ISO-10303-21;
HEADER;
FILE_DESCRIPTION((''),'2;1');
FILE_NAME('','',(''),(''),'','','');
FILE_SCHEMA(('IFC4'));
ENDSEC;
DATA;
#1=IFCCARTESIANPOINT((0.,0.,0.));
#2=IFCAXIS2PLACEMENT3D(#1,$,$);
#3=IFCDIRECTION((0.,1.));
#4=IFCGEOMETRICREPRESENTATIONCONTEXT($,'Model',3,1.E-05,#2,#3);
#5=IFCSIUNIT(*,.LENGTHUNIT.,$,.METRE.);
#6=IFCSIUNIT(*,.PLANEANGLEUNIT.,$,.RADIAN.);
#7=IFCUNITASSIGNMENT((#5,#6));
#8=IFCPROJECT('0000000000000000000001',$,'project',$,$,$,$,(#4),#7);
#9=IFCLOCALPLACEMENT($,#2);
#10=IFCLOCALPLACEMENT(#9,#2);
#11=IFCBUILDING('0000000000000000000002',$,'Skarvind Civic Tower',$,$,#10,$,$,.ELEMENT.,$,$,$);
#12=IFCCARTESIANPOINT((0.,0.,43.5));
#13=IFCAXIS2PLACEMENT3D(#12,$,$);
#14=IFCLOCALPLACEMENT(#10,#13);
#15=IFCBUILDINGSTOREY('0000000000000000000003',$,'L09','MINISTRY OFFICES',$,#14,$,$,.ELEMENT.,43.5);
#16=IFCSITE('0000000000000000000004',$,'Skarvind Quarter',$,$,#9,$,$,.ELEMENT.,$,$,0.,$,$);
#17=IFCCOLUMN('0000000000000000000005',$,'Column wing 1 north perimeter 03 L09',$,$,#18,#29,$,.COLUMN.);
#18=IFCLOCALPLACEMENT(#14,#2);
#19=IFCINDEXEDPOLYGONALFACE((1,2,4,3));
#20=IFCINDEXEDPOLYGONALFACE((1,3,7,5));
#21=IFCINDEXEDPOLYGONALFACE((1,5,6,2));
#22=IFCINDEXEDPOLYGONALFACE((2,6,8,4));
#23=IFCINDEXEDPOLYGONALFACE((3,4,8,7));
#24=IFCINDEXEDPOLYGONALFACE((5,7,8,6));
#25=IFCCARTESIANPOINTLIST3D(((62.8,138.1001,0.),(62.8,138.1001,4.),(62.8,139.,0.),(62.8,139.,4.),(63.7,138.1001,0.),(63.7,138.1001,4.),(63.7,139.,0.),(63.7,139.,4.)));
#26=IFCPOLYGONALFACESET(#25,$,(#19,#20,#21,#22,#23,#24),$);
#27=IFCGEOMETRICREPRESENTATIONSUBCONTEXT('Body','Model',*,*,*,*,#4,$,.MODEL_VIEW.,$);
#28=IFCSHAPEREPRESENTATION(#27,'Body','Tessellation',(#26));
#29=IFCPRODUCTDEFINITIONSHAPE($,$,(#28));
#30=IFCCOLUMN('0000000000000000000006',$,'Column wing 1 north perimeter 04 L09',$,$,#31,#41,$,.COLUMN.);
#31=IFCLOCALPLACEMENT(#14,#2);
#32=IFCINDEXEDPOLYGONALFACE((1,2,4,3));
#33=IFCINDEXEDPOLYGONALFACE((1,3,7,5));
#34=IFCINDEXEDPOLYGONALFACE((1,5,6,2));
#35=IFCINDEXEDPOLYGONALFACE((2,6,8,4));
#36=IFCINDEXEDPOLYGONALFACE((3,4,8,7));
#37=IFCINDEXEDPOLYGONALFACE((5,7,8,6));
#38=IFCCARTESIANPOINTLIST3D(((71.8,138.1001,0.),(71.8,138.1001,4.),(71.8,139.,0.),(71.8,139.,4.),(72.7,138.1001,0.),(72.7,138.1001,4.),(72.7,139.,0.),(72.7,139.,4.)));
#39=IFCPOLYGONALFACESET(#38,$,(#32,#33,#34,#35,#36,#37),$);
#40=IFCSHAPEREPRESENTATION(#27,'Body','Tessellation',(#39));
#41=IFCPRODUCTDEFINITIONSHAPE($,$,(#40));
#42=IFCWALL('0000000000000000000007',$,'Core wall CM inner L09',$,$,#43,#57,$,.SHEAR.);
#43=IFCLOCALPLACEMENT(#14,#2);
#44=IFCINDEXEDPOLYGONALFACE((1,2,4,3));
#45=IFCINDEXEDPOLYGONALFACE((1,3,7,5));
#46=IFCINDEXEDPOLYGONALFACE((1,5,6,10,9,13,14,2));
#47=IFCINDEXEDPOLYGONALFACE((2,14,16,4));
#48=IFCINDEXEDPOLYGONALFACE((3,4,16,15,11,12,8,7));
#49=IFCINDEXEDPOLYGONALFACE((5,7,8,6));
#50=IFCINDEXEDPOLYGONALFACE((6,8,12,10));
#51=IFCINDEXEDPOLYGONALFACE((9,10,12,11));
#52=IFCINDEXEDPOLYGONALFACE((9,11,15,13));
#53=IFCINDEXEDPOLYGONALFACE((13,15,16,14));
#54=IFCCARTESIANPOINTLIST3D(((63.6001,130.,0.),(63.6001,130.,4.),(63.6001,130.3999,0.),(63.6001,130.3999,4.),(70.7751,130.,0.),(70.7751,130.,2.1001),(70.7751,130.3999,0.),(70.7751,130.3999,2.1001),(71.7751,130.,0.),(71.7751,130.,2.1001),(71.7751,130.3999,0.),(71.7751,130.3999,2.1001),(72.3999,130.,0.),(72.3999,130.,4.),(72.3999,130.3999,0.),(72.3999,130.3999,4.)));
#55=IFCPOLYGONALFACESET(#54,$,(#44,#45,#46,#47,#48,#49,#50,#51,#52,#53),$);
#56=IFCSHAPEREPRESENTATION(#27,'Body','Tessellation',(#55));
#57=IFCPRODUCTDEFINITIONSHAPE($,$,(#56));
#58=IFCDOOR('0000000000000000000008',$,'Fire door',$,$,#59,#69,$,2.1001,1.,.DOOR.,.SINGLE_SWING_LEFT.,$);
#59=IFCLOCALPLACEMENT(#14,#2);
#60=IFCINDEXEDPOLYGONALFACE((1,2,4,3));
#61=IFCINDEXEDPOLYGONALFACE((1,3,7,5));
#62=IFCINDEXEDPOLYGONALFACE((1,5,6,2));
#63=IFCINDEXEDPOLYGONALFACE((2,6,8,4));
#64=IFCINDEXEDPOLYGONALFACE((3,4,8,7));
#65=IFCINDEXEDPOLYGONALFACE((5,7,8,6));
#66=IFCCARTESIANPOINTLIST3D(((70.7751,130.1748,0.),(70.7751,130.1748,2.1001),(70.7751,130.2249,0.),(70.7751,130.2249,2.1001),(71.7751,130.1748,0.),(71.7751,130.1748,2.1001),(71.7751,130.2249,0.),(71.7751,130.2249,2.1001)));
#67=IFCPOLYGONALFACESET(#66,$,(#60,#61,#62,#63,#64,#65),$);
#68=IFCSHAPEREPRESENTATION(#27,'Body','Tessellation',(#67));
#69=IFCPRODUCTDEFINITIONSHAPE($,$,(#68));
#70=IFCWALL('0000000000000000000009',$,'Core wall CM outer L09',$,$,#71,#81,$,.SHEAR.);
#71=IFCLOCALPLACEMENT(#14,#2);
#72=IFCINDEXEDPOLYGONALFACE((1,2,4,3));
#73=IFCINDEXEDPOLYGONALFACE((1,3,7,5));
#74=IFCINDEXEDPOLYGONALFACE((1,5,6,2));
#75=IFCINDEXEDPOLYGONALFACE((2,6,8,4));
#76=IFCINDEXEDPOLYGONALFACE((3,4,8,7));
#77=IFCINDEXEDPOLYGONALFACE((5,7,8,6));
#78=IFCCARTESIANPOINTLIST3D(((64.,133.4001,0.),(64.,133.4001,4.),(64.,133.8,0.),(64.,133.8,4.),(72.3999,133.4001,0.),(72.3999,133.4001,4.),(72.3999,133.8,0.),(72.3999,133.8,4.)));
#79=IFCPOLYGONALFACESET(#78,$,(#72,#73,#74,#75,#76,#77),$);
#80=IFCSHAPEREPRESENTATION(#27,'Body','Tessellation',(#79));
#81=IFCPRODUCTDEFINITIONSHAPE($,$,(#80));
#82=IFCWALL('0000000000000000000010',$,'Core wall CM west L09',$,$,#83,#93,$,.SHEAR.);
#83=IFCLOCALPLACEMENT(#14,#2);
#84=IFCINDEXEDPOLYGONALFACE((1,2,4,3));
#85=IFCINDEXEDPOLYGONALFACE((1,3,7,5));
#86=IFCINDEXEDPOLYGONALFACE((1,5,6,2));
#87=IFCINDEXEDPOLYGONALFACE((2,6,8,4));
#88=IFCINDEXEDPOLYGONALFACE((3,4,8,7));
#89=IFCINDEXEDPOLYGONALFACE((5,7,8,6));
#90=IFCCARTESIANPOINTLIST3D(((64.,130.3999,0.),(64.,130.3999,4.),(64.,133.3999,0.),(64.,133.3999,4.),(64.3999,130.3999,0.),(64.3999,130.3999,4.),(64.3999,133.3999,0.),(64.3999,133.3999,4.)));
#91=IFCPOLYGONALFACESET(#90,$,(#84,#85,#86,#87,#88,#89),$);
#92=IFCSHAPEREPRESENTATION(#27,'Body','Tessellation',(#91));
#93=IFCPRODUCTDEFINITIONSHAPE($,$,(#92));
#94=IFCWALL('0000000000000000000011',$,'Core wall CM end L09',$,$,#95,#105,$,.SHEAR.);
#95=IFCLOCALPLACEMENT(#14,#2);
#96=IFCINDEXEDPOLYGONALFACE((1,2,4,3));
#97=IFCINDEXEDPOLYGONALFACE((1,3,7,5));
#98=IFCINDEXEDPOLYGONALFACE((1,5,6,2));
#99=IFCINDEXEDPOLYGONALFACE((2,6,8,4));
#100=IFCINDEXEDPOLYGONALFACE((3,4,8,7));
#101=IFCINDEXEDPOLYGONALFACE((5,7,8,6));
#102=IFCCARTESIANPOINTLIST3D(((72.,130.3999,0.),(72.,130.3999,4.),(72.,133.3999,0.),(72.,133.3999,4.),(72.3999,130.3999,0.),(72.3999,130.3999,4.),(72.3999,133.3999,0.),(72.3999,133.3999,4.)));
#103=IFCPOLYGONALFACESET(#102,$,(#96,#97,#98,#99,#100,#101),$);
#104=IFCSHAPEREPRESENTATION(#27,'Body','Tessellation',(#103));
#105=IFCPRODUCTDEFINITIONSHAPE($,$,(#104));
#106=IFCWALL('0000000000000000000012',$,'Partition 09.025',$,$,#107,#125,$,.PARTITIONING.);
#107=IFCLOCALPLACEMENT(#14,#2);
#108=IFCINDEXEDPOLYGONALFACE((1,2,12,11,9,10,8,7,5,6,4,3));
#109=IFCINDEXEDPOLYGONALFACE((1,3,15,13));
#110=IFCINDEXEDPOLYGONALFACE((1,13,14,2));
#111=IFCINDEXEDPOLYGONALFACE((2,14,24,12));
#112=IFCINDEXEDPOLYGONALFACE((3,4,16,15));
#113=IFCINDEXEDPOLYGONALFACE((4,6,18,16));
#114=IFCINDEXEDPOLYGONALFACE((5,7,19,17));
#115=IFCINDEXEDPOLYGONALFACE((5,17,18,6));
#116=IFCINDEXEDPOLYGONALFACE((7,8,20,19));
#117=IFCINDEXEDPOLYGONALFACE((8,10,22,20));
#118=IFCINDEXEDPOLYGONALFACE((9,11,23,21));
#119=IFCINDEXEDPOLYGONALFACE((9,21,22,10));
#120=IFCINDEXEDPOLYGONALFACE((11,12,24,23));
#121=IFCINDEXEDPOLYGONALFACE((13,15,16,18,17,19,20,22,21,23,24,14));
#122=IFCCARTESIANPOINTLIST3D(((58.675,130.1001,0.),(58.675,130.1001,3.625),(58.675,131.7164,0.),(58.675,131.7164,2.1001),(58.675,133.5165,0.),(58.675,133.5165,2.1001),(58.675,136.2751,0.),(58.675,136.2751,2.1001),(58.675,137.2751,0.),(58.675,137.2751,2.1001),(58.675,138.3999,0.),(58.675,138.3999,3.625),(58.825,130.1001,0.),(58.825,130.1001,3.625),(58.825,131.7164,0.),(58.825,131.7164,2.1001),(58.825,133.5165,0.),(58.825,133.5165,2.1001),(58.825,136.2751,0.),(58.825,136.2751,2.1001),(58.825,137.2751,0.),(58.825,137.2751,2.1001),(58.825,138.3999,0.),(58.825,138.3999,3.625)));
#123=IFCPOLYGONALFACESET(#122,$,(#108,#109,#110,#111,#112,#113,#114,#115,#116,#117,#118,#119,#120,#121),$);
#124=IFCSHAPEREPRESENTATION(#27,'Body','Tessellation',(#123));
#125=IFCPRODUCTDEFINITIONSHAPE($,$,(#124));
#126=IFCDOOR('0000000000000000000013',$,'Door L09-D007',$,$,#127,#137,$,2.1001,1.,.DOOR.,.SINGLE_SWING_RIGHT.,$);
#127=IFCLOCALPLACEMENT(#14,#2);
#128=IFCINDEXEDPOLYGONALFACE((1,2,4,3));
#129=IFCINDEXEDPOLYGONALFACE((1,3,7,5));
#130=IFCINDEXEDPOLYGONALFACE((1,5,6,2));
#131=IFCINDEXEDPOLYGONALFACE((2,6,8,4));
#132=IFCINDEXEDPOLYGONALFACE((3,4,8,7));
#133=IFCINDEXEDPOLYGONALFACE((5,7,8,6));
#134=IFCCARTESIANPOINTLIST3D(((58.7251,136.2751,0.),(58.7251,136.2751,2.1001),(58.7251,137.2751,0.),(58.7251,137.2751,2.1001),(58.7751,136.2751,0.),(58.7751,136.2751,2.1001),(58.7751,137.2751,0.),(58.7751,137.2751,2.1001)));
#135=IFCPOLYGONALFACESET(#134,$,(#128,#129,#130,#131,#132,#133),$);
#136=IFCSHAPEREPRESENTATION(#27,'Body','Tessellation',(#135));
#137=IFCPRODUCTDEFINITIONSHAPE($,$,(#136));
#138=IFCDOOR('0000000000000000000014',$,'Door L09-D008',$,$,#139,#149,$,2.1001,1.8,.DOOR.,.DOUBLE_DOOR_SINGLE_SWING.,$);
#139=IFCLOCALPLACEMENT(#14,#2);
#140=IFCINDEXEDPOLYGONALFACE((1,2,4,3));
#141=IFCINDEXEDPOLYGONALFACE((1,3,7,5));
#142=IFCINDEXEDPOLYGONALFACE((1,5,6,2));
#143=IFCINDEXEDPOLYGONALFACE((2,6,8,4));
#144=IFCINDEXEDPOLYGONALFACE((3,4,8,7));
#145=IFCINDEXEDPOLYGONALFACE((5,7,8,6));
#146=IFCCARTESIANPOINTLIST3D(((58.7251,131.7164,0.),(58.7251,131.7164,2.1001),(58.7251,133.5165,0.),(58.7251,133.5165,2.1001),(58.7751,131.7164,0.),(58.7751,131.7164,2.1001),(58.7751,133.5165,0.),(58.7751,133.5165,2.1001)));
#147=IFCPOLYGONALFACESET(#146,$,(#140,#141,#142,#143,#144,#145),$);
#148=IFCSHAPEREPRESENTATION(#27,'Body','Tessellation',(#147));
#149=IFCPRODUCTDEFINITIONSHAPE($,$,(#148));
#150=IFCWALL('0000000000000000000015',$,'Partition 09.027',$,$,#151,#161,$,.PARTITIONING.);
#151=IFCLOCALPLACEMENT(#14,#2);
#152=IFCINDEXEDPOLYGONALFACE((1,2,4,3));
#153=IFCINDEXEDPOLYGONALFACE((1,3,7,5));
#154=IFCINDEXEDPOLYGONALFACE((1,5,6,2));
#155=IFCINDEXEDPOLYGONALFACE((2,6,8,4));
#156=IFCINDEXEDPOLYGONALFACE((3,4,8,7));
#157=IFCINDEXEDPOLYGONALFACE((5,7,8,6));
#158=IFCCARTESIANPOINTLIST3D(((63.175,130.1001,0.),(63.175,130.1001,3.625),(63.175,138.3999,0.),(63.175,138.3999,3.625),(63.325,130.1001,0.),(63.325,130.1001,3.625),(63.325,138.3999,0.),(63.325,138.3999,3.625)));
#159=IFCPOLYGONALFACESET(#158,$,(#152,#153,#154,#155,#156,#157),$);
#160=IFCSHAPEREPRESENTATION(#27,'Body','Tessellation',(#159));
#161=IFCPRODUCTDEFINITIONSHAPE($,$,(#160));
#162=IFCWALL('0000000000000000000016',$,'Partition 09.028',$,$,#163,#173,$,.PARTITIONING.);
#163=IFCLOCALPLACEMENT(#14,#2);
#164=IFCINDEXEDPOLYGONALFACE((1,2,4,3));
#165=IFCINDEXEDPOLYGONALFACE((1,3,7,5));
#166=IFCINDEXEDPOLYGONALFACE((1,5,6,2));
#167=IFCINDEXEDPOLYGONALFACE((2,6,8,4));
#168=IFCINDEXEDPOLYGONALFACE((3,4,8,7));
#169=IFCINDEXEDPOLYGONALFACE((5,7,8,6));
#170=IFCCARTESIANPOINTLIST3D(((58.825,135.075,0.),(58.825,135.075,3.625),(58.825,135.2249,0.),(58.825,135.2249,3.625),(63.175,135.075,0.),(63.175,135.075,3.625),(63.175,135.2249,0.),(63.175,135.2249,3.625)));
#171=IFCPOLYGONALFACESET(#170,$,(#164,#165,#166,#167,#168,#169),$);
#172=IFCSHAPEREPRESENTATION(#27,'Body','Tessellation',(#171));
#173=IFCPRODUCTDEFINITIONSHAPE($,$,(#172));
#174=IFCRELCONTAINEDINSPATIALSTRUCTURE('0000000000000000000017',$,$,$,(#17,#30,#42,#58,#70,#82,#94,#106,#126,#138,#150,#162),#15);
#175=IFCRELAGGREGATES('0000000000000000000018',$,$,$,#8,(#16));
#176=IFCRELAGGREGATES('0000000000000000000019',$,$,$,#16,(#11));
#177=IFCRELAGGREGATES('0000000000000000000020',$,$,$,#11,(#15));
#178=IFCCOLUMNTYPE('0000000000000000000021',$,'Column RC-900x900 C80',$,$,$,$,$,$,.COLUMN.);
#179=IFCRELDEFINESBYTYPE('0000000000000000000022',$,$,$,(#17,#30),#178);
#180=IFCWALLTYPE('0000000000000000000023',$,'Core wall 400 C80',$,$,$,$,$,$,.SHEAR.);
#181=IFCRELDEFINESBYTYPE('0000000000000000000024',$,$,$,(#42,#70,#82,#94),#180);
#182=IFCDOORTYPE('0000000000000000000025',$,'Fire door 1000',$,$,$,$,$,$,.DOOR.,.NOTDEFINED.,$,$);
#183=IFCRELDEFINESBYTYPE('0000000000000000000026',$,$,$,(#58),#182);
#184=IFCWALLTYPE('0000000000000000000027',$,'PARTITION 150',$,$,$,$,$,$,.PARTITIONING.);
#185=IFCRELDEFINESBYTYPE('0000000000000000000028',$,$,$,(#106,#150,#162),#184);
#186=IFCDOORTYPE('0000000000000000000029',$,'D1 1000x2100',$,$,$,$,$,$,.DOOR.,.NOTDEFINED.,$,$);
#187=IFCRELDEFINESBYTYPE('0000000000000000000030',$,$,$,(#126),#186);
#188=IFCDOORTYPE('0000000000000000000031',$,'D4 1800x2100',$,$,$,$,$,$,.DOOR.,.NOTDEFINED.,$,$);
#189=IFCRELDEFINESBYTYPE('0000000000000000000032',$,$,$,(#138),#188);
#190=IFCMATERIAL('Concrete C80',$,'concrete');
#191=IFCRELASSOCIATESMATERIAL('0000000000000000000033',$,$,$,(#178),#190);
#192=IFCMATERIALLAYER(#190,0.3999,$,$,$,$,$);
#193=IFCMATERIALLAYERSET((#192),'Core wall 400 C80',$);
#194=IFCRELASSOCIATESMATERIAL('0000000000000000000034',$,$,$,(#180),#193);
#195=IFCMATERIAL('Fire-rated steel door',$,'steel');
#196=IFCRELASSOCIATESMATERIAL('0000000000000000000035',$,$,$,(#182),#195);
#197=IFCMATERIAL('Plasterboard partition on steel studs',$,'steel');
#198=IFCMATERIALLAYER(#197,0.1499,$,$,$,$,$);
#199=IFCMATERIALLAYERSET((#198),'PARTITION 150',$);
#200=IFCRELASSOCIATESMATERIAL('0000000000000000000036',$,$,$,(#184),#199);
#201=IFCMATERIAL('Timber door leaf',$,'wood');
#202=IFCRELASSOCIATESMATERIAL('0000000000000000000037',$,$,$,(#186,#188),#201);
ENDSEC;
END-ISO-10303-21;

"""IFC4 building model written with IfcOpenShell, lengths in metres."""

from ifc_helpers import new_model, si_unit, direction, frame, frame_2d, origin, origin_2d, place, context, subcontext, project, spatial, rectangle, extrude, material, layer, layer_set, material_profile, profile_set, type_object, element, fill, save


model = new_model("IFC4")

# Units and contexts
model_context = context("Model", 3, precision=1e-05, world=origin(), true_north=direction((0.0, 1.0)))
body_context = subcontext(model_context, "Body", "Model", "MODEL_VIEW")
ifc_project = project(units=[si_unit("LENGTHUNIT", "METRE"), si_unit("PLANEANGLEUNIT", "RADIAN")], contexts=[model_context])

# Site, building, storey
site_placement = place(None, origin())
site = spatial("IfcSite", under=ifc_project, at=site_placement, Name="Skarvind Quarter", CompositionType="ELEMENT", RefElevation=0.0)
building_placement = place(site_placement, origin())
building = spatial("IfcBuilding", under=site, at=building_placement, Name="Skarvind Civic Tower", CompositionType="ELEMENT")
storey_placement = place(building_placement, frame((0.0, 0.0, 43.5)))
storey = spatial("IfcBuildingStorey", under=building, at=storey_placement, Name="L09", Description="MINISTRY OFFICES", CompositionType="ELEMENT", Elevation=43.5)

# Columns
ifc_material_1 = material(Name="Concrete C80", Category="concrete")
ifc_material_profile_1 = material_profile(ifc_material_1, rectangle(XDim=0.8999, YDim=0.8999, at=origin_2d()), Name="RC-900x900")
ifc_profile_set_1 = profile_set([ifc_material_profile_1], Name="Concrete C80")
column_type = type_object("IfcColumnType", Name="Column RC-900x900 C80", PredefinedType="COLUMN", material=ifc_profile_set_1)
for number, where, z_axis, x_axis, name in (
    (1, (63.25, 138.55, 0.0), (0.0, 0.0, 1.0), (1.0, 0.0, 0.0), "Column wing 1 north perimeter 03 L09"),
    (2, (72.25, 138.55, 0.0), (0.0, 0.0, 1.0), (1.0, 0.0, 0.0), "Column wing 1 north perimeter 04 L09"),
):
    element("IfcColumn", number, at=place(storey_placement, frame(where, z_axis=z_axis, x_axis=x_axis)), inside=storey, type_object=column_type, Name=name, PredefinedType="COLUMN", context=body_context, shape_type="SweptSolid", body=[
        extrude(rectangle(XDim=0.8999, YDim=0.8999, at=origin_2d()), origin(), (0.0, 0.0, 1.0), 4.0),
    ])

# Wall, opening, door
ifc_layer_1 = layer(ifc_material_1, 0.3999)
ifc_layer_set_1 = layer_set([ifc_layer_1], Name="Core wall 400 C80")
wall_type_1 = type_object("IfcWallType", Name="Core wall 400 C80", PredefinedType="SHEAR", material=ifc_layer_set_1)
wall_1_placement = place(storey_placement, frame((63.6001, 130.2, 0.0), z_axis=(0.0, 0.0, 1.0), x_axis=(1.0, 0.0, 0.0)))
wall_1 = element("IfcWall", 3, at=wall_1_placement, inside=storey, type_object=wall_type_1, Name="Core wall CM inner L09", PredefinedType="SHEAR", context=body_context, shape_type="SweptSolid", body=[
    extrude(rectangle(XDim=8.7998, YDim=0.3999, at=frame_2d((4.3999, 0.0))), origin(), (0.0, 0.0, 1.0), 4.0),
])
opening_1_placement = place(wall_1_placement, frame((7.175, 0.0, 0.0)))
opening_1 = element("IfcOpeningElement", 4, at=opening_1_placement, cuts=wall_1, PredefinedType="OPENING", context=body_context, shape_type="SweptSolid", body=[
    extrude(rectangle(XDim=1.0, YDim=2.1001, at=frame_2d((0.5, 1.05))), frame((0.0, 0.21, 0.0), z_axis=(0.0, -1.0, 0.0), x_axis=(1.0, 0.0, 0.0)), (0.0, 0.0, 1.0), 0.4199),
])
ifc_material_2 = material(Name="Fire-rated steel door", Category="steel")
door_type_1 = type_object("IfcDoorType", Name="Fire door 1000", OperationType="NOTDEFINED", PredefinedType="DOOR", material=ifc_material_2)
door_1_placement = place(opening_1_placement, origin())
door_1 = element("IfcDoor", 5, at=door_1_placement, inside=storey, type_object=door_type_1, Name="Fire door", OperationType="SINGLE_SWING_LEFT", OverallHeight=2.1001, OverallWidth=1.0, PredefinedType="DOOR", context=body_context, shape_type="SweptSolid", body=[
    extrude(rectangle(XDim=1.0, YDim=2.1001, at=frame_2d((0.5, 1.05))), frame((0.0, 0.0249, 0.0), z_axis=(0.0, -1.0, 0.0), x_axis=(1.0, 0.0, 0.0)), (0.0, 0.0, 1.0), 0.05),
])
fill(opening_1, door_1)

# Walls
wall_2_placement = place(storey_placement, frame((64.0, 133.6001, 0.0), z_axis=(0.0, 0.0, 1.0), x_axis=(1.0, 0.0, 0.0)))
element("IfcWall", 6, at=wall_2_placement, inside=storey, type_object=wall_type_1, Name="Core wall CM outer L09", PredefinedType="SHEAR", context=body_context, shape_type="SweptSolid", body=[
    extrude(rectangle(XDim=8.3999, YDim=0.3999, at=frame_2d((4.2, 0.0))), origin(), (0.0, 0.0, 1.0), 4.0),
])
for number, where, z_axis, x_axis, name in (
    (7, (64.2, 130.3999, 0.0), (0.0, 0.0, 1.0), (0.0, 1.0, 0.0), "Core wall CM west L09"),
    (8, (72.2, 130.3999, 0.0), (0.0, 0.0, 1.0), (0.0, 1.0, 0.0), "Core wall CM end L09"),
):
    element("IfcWall", number, at=place(storey_placement, frame(where, z_axis=z_axis, x_axis=x_axis)), inside=storey, type_object=wall_type_1, Name=name, PredefinedType="SHEAR", context=body_context, shape_type="SweptSolid", body=[
        extrude(rectangle(XDim=3.0, YDim=0.3999, at=frame_2d((1.5, 0.0))), origin(), (0.0, 0.0, 1.0), 4.0),
    ])

# Wall, openings, doors
ifc_material_3 = material(Name="Plasterboard partition on steel studs", Category="steel")
ifc_layer_2 = layer(ifc_material_3, 0.1499)
ifc_layer_set_2 = layer_set([ifc_layer_2], Name="PARTITION 150")
wall_type_2 = type_object("IfcWallType", Name="PARTITION 150", PredefinedType="PARTITIONING", material=ifc_layer_set_2)
wall_3_placement = place(storey_placement, frame((58.75, 130.1001, 0.0), z_axis=(0.0, 0.0, 1.0), x_axis=(0.0, 1.0, 0.0)))
wall_3 = element("IfcWall", 9, at=wall_3_placement, inside=storey, type_object=wall_type_2, Name="Partition 09.025", PredefinedType="PARTITIONING", context=body_context, shape_type="SweptSolid", body=[
    extrude(rectangle(XDim=8.2998, YDim=0.1499, at=frame_2d((4.1499, 0.0))), origin(), (0.0, 0.0, 1.0), 3.625),
])
opening_2_placement = place(wall_3_placement, frame((6.175, 0.0, 0.0)))
opening_2 = element("IfcOpeningElement", 10, at=opening_2_placement, cuts=wall_3, PredefinedType="OPENING", context=body_context, shape_type="SweptSolid", body=[
    extrude(rectangle(XDim=1.0, YDim=2.1001, at=frame_2d((0.5, 1.05))), frame((0.0, 0.085, 0.0), z_axis=(0.0, -1.0, 0.0), x_axis=(1.0, 0.0, 0.0)), (0.0, 0.0, 1.0), 0.1699),
])
opening_3_placement = place(wall_3_placement, frame((1.6165, 0.0, 0.0)))
opening_3 = element("IfcOpeningElement", 11, at=opening_3_placement, cuts=wall_3, PredefinedType="OPENING", context=body_context, shape_type="SweptSolid", body=[
    extrude(rectangle(XDim=1.8, YDim=2.1001, at=frame_2d((0.8999, 1.05))), frame((0.0, 0.085, 0.0), z_axis=(0.0, -1.0, 0.0), x_axis=(1.0, 0.0, 0.0)), (0.0, 0.0, 1.0), 0.1699),
])
ifc_material_4 = material(Name="Timber door leaf", Category="wood")
door_type_2 = type_object("IfcDoorType", Name="D1 1000x2100", OperationType="NOTDEFINED", PredefinedType="DOOR", material=ifc_material_4)
door_2_placement = place(opening_2_placement, origin())
door_2 = element("IfcDoor", 12, at=door_2_placement, inside=storey, type_object=door_type_2, Name="Door L09-D007", OperationType="SINGLE_SWING_RIGHT", OverallHeight=2.1001, OverallWidth=1.0, PredefinedType="DOOR", context=body_context, shape_type="SweptSolid", body=[
    extrude(rectangle(XDim=1.0, YDim=2.1001, at=frame_2d((0.5, 1.05))), frame((0.0, 0.0249, 0.0), z_axis=(0.0, -1.0, 0.0), x_axis=(1.0, 0.0, 0.0)), (0.0, 0.0, 1.0), 0.05),
])
fill(opening_2, door_2)
door_type_3 = type_object("IfcDoorType", Name="D4 1800x2100", OperationType="NOTDEFINED", PredefinedType="DOOR", material=ifc_material_4)
door_3_placement = place(opening_3_placement, origin())
door_3 = element("IfcDoor", 13, at=door_3_placement, inside=storey, type_object=door_type_3, Name="Door L09-D008", OperationType="DOUBLE_DOOR_SINGLE_SWING", OverallHeight=2.1001, OverallWidth=1.8, PredefinedType="DOOR", context=body_context, shape_type="SweptSolid", body=[
    extrude(rectangle(XDim=1.8, YDim=2.1001, at=frame_2d((0.8999, 1.05))), frame((0.0, 0.0249, 0.0), z_axis=(0.0, -1.0, 0.0), x_axis=(1.0, 0.0, 0.0)), (0.0, 0.0, 1.0), 0.05),
])
fill(opening_3, door_3)

# Walls
wall_4_placement = place(storey_placement, frame((63.25, 130.1001, 0.0), z_axis=(0.0, 0.0, 1.0), x_axis=(0.0, 1.0, 0.0)))
element("IfcWall", 14, at=wall_4_placement, inside=storey, type_object=wall_type_2, Name="Partition 09.027", PredefinedType="PARTITIONING", context=body_context, shape_type="SweptSolid", body=[
    extrude(rectangle(XDim=8.2998, YDim=0.1499, at=frame_2d((4.1499, 0.0))), origin(), (0.0, 0.0, 1.0), 3.625),
])
wall_5_placement = place(storey_placement, frame((63.175, 135.1499, 0.0), z_axis=(0.0, 0.0, 1.0), x_axis=(-1.0, 0.0, 0.0)))
element("IfcWall", 15, at=wall_5_placement, inside=storey, type_object=wall_type_2, Name="Partition 09.028", PredefinedType="PARTITIONING", context=body_context, shape_type="SweptSolid", body=[
    extrude(rectangle(XDim=4.3501, YDim=0.1499, at=frame_2d((2.175, 0.0))), origin(), (0.0, 0.0, 1.0), 3.625),
])

save(model, "model.ifc")
